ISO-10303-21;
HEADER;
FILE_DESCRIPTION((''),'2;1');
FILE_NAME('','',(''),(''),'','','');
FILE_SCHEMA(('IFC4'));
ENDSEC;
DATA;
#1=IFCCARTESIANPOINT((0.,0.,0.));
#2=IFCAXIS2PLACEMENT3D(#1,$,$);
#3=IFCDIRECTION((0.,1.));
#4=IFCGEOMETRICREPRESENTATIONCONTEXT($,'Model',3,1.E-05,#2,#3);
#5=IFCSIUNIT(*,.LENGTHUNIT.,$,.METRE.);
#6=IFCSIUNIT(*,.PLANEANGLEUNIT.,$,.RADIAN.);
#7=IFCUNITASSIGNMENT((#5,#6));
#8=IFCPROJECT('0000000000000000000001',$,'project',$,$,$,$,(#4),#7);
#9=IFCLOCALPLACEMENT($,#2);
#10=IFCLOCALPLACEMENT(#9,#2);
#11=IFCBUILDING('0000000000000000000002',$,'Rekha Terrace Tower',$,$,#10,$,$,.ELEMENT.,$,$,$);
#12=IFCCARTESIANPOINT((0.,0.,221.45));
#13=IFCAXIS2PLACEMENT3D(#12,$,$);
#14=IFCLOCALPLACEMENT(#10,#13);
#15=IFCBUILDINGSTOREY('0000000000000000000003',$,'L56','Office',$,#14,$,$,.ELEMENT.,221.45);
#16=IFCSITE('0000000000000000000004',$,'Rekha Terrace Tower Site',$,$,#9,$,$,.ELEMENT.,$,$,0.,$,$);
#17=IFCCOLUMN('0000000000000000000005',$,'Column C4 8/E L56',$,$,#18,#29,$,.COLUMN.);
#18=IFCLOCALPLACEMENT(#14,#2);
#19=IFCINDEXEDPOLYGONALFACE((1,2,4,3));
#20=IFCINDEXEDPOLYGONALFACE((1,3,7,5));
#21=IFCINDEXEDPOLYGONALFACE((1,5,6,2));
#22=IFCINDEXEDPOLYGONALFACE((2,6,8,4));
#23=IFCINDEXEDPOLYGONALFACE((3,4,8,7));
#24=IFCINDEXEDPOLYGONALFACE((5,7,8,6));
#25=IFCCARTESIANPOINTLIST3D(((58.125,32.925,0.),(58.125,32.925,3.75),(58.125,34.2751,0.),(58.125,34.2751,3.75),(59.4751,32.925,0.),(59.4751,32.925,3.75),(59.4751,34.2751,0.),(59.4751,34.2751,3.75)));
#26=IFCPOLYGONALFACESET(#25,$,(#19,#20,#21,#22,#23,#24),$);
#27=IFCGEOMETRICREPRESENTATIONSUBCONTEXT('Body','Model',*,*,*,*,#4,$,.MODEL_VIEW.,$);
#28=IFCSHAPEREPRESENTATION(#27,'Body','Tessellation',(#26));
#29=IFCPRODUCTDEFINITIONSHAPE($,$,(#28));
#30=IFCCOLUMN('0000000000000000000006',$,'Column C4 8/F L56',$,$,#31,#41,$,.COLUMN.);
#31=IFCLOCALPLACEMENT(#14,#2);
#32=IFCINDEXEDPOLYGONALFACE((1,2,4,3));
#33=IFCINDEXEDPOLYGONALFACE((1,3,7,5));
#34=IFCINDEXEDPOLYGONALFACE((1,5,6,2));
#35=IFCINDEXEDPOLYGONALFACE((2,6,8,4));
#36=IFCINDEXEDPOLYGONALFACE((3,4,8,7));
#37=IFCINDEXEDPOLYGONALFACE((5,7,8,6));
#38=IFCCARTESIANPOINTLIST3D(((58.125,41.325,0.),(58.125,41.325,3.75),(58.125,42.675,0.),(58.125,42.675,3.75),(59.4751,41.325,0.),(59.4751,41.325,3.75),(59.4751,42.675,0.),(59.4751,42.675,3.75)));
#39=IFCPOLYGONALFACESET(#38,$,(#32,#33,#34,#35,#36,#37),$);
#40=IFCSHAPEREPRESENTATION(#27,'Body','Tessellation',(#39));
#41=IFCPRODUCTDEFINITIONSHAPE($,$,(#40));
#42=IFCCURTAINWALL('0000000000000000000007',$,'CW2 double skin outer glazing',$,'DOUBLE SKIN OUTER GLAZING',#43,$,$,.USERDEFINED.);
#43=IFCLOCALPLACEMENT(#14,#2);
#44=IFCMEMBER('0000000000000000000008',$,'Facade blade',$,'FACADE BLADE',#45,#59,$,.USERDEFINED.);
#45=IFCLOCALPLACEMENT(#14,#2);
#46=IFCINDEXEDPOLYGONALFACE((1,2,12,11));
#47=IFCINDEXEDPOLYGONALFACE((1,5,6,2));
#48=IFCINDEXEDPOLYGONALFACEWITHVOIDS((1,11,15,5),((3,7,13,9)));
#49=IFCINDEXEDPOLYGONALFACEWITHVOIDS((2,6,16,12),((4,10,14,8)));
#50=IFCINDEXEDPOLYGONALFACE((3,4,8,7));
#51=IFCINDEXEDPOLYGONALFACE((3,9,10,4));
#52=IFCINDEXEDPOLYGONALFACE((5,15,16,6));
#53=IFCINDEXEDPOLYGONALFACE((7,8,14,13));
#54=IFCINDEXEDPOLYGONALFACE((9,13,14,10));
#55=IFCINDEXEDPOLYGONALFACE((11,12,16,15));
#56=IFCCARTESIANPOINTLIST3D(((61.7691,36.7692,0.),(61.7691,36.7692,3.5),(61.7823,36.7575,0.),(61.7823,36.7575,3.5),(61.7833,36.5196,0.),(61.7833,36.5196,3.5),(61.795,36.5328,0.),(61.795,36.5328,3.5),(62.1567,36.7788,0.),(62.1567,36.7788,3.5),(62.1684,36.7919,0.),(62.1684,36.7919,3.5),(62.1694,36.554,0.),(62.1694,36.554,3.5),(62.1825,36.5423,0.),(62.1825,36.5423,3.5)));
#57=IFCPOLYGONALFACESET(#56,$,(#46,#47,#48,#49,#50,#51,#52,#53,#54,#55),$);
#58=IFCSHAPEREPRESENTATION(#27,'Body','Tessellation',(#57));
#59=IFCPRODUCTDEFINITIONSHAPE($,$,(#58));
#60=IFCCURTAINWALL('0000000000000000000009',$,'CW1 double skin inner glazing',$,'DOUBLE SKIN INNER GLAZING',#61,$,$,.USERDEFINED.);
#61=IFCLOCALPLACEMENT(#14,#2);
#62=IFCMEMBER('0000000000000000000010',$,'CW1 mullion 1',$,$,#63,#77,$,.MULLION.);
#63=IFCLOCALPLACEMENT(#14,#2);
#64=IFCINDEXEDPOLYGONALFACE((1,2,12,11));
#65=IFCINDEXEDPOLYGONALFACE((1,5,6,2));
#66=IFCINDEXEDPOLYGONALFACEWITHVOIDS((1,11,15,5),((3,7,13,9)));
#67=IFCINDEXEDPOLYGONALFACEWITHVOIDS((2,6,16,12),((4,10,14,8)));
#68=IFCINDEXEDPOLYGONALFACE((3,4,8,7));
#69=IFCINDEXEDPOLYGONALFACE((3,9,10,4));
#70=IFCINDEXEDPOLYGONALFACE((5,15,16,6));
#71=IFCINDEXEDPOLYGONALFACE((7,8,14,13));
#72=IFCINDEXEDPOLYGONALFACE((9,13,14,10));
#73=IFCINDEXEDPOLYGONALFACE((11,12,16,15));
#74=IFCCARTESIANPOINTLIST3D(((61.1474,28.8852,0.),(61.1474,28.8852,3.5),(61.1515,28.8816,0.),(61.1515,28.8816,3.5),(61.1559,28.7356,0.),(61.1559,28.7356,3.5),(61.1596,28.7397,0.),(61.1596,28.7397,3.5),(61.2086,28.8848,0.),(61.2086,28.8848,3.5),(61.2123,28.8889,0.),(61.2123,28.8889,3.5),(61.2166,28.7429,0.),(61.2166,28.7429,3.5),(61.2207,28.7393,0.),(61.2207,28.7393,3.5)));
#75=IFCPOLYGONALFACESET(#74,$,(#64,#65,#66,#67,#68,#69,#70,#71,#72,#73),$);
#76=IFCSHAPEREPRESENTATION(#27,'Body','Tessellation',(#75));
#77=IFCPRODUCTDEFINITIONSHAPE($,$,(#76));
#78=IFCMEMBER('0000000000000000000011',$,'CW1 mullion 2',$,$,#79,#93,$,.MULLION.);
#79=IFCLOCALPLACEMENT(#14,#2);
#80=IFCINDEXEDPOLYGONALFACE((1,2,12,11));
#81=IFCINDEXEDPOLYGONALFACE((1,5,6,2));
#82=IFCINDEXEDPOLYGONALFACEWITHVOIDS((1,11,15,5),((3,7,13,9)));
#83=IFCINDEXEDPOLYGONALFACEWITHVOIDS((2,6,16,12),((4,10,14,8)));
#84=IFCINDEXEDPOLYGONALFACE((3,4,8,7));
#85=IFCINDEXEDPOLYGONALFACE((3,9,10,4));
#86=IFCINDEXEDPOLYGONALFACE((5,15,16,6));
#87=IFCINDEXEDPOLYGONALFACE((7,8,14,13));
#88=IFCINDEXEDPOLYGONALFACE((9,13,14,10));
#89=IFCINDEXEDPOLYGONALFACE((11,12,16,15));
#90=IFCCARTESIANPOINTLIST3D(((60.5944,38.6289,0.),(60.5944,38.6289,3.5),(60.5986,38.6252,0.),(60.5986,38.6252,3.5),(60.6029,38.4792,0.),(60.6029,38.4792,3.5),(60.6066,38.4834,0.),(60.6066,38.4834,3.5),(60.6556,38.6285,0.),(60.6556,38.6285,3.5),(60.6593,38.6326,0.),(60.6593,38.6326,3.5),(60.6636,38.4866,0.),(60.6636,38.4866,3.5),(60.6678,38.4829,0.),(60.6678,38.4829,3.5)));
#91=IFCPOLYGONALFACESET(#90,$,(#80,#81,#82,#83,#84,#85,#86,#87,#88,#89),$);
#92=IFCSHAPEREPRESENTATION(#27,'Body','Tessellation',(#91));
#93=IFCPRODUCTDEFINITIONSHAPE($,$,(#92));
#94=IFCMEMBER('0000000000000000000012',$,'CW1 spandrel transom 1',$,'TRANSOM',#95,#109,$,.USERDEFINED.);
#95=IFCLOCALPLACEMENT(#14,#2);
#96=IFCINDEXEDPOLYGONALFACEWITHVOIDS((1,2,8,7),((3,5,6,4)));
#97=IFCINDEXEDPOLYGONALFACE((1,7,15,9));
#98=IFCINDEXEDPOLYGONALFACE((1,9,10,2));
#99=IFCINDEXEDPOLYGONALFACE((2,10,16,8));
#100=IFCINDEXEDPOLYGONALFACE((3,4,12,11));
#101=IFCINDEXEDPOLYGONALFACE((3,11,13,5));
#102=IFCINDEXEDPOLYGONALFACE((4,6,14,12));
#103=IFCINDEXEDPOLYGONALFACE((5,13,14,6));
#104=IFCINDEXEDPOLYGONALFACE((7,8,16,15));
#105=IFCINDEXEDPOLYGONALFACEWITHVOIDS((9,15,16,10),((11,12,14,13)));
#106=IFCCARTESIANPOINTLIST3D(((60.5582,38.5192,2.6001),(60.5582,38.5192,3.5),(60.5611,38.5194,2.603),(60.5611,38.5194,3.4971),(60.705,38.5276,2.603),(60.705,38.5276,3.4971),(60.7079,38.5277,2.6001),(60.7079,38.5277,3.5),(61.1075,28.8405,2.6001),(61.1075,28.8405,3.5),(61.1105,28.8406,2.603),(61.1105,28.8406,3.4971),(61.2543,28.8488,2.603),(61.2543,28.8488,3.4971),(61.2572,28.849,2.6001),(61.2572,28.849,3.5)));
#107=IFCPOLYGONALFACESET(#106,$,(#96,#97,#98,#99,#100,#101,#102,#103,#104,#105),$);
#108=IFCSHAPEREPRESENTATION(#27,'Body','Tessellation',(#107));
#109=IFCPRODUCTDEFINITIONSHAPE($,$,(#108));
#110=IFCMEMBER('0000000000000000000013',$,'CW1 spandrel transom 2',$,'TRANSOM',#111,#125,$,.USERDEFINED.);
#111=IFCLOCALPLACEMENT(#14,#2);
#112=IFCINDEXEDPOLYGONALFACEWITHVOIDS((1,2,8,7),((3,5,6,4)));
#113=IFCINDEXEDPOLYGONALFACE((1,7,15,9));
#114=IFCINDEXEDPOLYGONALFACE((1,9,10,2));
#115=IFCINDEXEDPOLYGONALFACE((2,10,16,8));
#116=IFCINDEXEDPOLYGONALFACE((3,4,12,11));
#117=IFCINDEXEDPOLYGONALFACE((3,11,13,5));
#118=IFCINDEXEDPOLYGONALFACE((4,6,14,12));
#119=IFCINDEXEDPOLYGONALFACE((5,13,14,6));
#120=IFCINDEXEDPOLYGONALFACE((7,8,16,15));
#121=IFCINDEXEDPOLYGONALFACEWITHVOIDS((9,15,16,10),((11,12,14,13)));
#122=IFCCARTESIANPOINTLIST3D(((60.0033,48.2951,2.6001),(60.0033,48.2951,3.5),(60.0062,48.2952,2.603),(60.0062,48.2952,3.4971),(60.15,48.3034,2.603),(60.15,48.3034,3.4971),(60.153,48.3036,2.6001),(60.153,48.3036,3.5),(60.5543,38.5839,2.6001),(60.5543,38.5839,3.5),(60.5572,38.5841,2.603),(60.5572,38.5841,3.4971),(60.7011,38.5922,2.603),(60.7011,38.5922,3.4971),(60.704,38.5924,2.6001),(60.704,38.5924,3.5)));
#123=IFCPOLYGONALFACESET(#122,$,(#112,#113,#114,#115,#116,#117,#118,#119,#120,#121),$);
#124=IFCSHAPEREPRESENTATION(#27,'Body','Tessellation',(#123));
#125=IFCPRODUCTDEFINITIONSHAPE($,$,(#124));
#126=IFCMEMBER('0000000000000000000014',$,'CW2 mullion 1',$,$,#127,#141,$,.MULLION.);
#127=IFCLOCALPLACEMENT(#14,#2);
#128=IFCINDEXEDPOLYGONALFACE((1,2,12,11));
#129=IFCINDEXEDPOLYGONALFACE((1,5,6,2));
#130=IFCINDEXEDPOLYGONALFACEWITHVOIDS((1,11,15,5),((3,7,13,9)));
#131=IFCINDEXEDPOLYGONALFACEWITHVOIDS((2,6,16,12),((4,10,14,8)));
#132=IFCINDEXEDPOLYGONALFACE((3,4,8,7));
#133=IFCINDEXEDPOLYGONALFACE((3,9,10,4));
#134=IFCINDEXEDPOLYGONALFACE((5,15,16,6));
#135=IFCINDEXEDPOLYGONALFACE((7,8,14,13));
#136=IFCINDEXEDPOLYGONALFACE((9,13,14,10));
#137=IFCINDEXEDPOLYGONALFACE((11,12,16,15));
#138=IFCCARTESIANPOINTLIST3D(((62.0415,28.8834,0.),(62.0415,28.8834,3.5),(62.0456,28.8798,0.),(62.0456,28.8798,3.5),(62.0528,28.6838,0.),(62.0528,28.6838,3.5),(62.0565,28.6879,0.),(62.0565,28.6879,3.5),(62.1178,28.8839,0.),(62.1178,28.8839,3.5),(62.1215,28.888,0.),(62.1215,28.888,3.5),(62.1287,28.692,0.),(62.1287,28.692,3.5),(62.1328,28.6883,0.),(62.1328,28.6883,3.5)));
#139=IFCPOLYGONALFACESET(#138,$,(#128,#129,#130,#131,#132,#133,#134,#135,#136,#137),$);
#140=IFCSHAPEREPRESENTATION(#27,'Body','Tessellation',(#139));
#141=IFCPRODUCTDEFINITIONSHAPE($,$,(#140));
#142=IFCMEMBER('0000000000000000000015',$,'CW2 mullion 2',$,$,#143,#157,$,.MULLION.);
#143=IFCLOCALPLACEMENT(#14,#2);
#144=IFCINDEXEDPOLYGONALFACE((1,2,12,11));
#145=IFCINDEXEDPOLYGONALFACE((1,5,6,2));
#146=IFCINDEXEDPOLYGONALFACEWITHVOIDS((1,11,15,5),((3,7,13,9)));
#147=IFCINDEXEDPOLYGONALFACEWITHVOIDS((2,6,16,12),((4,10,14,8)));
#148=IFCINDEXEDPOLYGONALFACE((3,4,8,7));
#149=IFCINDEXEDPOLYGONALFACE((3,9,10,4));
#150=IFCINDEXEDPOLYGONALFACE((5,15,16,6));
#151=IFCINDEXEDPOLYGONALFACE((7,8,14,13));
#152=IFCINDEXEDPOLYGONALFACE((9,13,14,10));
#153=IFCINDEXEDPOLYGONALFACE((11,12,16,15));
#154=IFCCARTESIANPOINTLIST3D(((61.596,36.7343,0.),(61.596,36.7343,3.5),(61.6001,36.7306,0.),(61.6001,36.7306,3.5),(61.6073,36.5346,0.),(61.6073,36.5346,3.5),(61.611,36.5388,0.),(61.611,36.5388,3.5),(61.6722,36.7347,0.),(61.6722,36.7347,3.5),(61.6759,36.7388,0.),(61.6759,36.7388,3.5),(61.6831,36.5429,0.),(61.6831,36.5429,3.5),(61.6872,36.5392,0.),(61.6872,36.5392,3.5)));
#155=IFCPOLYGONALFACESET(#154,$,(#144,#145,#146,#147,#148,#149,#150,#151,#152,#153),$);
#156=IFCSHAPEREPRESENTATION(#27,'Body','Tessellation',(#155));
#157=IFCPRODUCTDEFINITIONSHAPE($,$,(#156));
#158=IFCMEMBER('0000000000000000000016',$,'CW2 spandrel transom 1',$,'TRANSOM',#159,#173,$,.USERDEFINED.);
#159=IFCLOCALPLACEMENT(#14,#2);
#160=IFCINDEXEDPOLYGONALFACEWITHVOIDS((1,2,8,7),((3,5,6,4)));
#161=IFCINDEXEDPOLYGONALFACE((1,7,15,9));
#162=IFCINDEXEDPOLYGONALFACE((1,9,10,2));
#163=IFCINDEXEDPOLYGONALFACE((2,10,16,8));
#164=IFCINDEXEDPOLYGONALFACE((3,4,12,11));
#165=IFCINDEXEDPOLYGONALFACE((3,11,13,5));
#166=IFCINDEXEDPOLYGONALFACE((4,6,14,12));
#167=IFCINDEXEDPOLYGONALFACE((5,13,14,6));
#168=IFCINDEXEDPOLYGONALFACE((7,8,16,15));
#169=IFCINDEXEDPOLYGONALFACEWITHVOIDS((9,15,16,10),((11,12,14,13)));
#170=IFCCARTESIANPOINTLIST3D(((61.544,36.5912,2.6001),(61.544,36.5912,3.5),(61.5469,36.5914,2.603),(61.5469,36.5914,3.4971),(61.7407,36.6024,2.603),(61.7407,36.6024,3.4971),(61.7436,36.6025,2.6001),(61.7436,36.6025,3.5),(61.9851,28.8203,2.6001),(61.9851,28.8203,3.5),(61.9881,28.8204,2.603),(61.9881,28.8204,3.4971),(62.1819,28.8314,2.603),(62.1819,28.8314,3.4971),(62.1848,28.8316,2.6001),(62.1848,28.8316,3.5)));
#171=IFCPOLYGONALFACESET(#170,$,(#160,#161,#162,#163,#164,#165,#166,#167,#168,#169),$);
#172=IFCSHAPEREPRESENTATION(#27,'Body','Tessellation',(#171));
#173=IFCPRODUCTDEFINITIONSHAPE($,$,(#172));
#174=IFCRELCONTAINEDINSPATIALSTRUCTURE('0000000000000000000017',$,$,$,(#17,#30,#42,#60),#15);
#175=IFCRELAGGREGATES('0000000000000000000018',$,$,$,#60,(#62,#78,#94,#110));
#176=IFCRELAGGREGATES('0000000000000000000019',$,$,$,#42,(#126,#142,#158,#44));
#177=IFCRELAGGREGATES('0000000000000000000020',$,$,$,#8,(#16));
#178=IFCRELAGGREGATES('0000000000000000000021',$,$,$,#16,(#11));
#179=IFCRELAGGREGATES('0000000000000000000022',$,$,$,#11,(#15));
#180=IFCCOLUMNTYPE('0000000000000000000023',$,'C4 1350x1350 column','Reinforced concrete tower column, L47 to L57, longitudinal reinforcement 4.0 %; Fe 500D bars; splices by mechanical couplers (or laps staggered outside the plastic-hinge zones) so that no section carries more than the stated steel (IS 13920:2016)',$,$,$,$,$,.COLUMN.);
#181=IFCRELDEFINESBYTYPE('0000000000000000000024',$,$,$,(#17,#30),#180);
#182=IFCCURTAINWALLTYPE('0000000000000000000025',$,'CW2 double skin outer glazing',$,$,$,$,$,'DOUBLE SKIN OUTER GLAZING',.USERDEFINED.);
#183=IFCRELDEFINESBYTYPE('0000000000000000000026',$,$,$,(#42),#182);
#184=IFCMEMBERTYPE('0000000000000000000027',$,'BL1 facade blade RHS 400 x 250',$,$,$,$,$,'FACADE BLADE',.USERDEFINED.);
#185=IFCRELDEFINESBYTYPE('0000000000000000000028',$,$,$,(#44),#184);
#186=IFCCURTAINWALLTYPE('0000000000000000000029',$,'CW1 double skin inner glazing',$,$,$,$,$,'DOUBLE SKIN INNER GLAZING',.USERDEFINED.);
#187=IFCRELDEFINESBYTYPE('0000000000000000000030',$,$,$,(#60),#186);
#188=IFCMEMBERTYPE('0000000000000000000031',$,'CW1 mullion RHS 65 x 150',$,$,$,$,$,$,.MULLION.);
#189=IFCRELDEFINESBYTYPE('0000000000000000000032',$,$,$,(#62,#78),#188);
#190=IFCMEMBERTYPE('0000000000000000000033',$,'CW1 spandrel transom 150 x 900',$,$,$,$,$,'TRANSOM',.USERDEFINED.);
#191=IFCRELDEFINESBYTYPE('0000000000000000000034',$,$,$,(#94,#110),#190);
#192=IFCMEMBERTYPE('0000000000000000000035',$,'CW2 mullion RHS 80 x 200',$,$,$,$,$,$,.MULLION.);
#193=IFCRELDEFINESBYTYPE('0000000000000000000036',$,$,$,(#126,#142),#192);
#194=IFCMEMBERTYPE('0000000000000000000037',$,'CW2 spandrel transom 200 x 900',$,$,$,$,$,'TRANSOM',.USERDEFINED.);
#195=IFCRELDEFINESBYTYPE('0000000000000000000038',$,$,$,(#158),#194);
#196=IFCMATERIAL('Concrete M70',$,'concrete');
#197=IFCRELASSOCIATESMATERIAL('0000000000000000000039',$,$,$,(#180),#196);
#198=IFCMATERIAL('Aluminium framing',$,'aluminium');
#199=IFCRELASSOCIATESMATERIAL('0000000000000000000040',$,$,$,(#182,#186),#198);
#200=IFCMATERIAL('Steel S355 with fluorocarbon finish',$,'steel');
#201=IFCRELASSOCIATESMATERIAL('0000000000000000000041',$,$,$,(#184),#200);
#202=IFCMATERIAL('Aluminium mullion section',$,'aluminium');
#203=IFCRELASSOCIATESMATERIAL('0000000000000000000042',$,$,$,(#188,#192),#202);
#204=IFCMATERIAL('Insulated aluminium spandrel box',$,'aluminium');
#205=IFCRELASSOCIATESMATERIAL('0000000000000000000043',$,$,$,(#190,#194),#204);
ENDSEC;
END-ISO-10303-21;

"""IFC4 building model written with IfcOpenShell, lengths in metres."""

from ifc_helpers import new_model, si_unit, direction, frame, origin, origin_2d, place, context, subcontext, project, spatial, rectangle, hollow_rectangle, extrude, material, material_profile, profile_set, type_object, element, aggregate, save


model = new_model("IFC4")

# Units and contexts
model_context = context("Model", 3, precision=1e-05, world=origin(), true_north=direction((0.0, 1.0)))
body_context = subcontext(model_context, "Body", "Model", "MODEL_VIEW")
ifc_project = project(units=[si_unit("LENGTHUNIT", "METRE"), si_unit("PLANEANGLEUNIT", "RADIAN")], contexts=[model_context])

# Site, building, storey
site_placement = place(None, origin())
site = spatial("IfcSite", under=ifc_project, at=site_placement, Name="Rekha Terrace Tower Site", CompositionType="ELEMENT", RefElevation=0.0)
building_placement = place(site_placement, origin())
building = spatial("IfcBuilding", under=site, at=building_placement, Name="Rekha Terrace Tower", CompositionType="ELEMENT")
storey_placement = place(building_placement, frame((0.0, 0.0, 221.45)))
storey = spatial("IfcBuildingStorey", under=building, at=storey_placement, Name="L56", Description="Office", CompositionType="ELEMENT", Elevation=221.45)

# Columns
ifc_material_1 = material(Name="Concrete M70", Category="concrete")
ifc_material_profile_1 = material_profile(ifc_material_1, rectangle(XDim=1.3501, YDim=1.3501, at=origin_2d()), Name="RC 1350x1350")
ifc_profile_set_1 = profile_set([ifc_material_profile_1], Name="Concrete M70")
column_type = type_object("IfcColumnType", Name="C4 1350x1350 column", Description="Reinforced concrete tower column, L47 to L57, longitudinal reinforcement 4.0 %; Fe 500D bars; splices by mechanical couplers (or laps staggered outside the plastic-hinge zones) so that no section carries more than the stated steel (IS 13920:2016)", PredefinedType="COLUMN", material=ifc_profile_set_1)
for number, where, z_axis, x_axis, name in (
    (1, (58.8, 33.6001, 0.0), (0.0, 0.0, 1.0), (1.0, 0.0, 0.0), "Column C4 8/E L56"),
    (2, (58.8, 42.0, 0.0), (0.0, 0.0, 1.0), (1.0, 0.0, 0.0), "Column C4 8/F L56"),
):
    element("IfcColumn", number, at=place(storey_placement, frame(where, z_axis=z_axis, x_axis=x_axis)), inside=storey, type_object=column_type, Name=name, PredefinedType="COLUMN", context=body_context, shape_type="SweptSolid", body=[
        extrude(rectangle(XDim=1.3501, YDim=1.3501, at=origin_2d()), origin(), (0.0, 0.0, 1.0), 3.75),
    ])

# Curtain wall, member
ifc_material_2 = material(Name="Aluminium framing", Category="aluminium")
curtain_wall_type_1 = type_object("IfcCurtainWallType", Name="CW2 double skin outer glazing", ElementType="DOUBLE SKIN OUTER GLAZING", PredefinedType="USERDEFINED", material=ifc_material_2)
curtain_wall_1_placement = place(storey_placement, origin())
curtain_wall_1 = element("IfcCurtainWall", 3, at=curtain_wall_1_placement, inside=storey, type_object=curtain_wall_type_1, Name="CW2 double skin outer glazing", ObjectType="DOUBLE SKIN OUTER GLAZING", PredefinedType="USERDEFINED")
ifc_material_3 = material(Name="Steel S355 with fluorocarbon finish", Category="steel")
ifc_material_profile_2 = material_profile(ifc_material_3, hollow_rectangle(XDim=0.25, YDim=0.3999, WallThickness=0.0125, at=origin_2d()), Name="RHS400x250x12.5")
ifc_profile_set_2 = profile_set([ifc_material_profile_2], Name="Steel S355 with fluorocarbon finish")
member_type_1 = type_object("IfcMemberType", Name="BL1 facade blade RHS 400 x 250", ElementType="FACADE BLADE", PredefinedType="USERDEFINED", material=ifc_profile_set_2)
member_1_placement = place(storey_placement, frame((61.9758, 36.6558, 0.0), z_axis=(0.0, 0.0, 1.0), x_axis=(-0.056674, 0.998393, 0.0)))
member_1 = element("IfcMember", 4, at=member_1_placement, type_object=member_type_1, Name="Facade blade", ObjectType="FACADE BLADE", PredefinedType="USERDEFINED", context=body_context, shape_type="SweptSolid", body=[
    extrude(hollow_rectangle(XDim=0.25, YDim=0.3999, WallThickness=0.0125, at=origin_2d()), origin(), (0.0, 0.0, 1.0), 3.5),
])

# Curtain wall, members
curtain_wall_type_2 = type_object("IfcCurtainWallType", Name="CW1 double skin inner glazing", ElementType="DOUBLE SKIN INNER GLAZING", PredefinedType="USERDEFINED", material=ifc_material_2)
curtain_wall_2_placement = place(storey_placement, origin())
curtain_wall_2 = element("IfcCurtainWall", 5, at=curtain_wall_2_placement, inside=storey, type_object=curtain_wall_type_2, Name="CW1 double skin inner glazing", ObjectType="DOUBLE SKIN INNER GLAZING", PredefinedType="USERDEFINED")
ifc_material_4 = material(Name="Aluminium mullion section", Category="aluminium")
ifc_material_profile_3 = material_profile(ifc_material_4, hollow_rectangle(XDim=0.0649, YDim=0.1499, WallThickness=0.0039, at=origin_2d()), Name="AL RHS 65x150")
ifc_profile_set_3 = profile_set([ifc_material_profile_3], Name="Aluminium mullion section")
member_type_2 = type_object("IfcMemberType", Name="CW1 mullion RHS 65 x 150", PredefinedType="MULLION", material=ifc_profile_set_3)
member_2_placement = place(storey_placement, frame((61.1841, 28.8123, 0.0), z_axis=(0.0, 0.0, 1.0), x_axis=(-0.998393, -0.056673, 0.0)))
member_2 = element("IfcMember", 6, at=member_2_placement, type_object=member_type_2, Name="CW1 mullion 1", PredefinedType="MULLION", context=body_context, shape_type="SweptSolid", body=[
    extrude(hollow_rectangle(XDim=0.0649, YDim=0.1499, WallThickness=0.0039, at=origin_2d()), origin(), (0.0, 0.0, 1.0), 3.5),
])
member_3_placement = place(storey_placement, frame((60.6311, 38.5559, 0.0), z_axis=(0.0, 0.0, 1.0), x_axis=(-0.998393, -0.056673, 0.0)))
member_3 = element("IfcMember", 7, at=member_3_placement, type_object=member_type_2, Name="CW1 mullion 2", PredefinedType="MULLION", context=body_context, shape_type="SweptSolid", body=[
    extrude(hollow_rectangle(XDim=0.0649, YDim=0.1499, WallThickness=0.0039, at=origin_2d()), origin(), (0.0, 0.0, 1.0), 3.5),
])
ifc_material_5 = material(Name="Insulated aluminium spandrel box", Category="aluminium")
ifc_material_profile_4 = material_profile(ifc_material_5, hollow_rectangle(XDim=0.1499, YDim=0.8999, WallThickness=0.0029, at=origin_2d()), Name="AL SPANDREL BOX 150x900")
ifc_profile_set_4 = profile_set([ifc_material_profile_4], Name="Insulated aluminium spandrel box")
member_type_3 = type_object("IfcMemberType", Name="CW1 spandrel transom 150 x 900", ElementType="TRANSOM", PredefinedType="USERDEFINED", material=ifc_profile_set_4)
member_4_placement = place(storey_placement, frame((61.1824, 28.8447, 3.05), z_axis=(-0.056664, 0.998393, 0.0), x_axis=(-0.998393, -0.056664, 0.0)))
member_4 = element("IfcMember", 8, at=member_4_placement, type_object=member_type_3, Name="CW1 spandrel transom 1", ObjectType="TRANSOM", PredefinedType="USERDEFINED", context=body_context, shape_type="SweptSolid", body=[
    extrude(hollow_rectangle(XDim=0.1499, YDim=0.8999, WallThickness=0.0029, at=origin_2d()), origin(), (0.0, 0.0, 1.0), 9.6943),
])
member_5_placement = place(storey_placement, frame((60.6292, 38.5881, 3.05), z_axis=(-0.05665, 0.998394, 0.0), x_axis=(-0.998394, -0.05665, 0.0)))
member_5 = element("IfcMember", 9, at=member_5_placement, type_object=member_type_3, Name="CW1 spandrel transom 2", ObjectType="TRANSOM", PredefinedType="USERDEFINED", context=body_context, shape_type="SweptSolid", body=[
    extrude(hollow_rectangle(XDim=0.1499, YDim=0.8999, WallThickness=0.0029, at=origin_2d()), origin(), (0.0, 0.0, 1.0), 9.7268),
])

# Members
ifc_material_profile_5 = material_profile(ifc_material_4, hollow_rectangle(XDim=0.0801, YDim=0.2, WallThickness=0.0039, at=origin_2d()), Name="AL RHS 80x200")
ifc_profile_set_5 = profile_set([ifc_material_profile_5], Name="Aluminium mullion section")
member_type_4 = type_object("IfcMemberType", Name="CW2 mullion RHS 80 x 200", PredefinedType="MULLION", material=ifc_profile_set_5)
member_6_placement = place(storey_placement, frame((62.0872, 28.7859, 0.0), z_axis=(0.0, 0.0, 1.0), x_axis=(-0.998393, -0.056673, 0.0)))
member_6 = element("IfcMember", 10, at=member_6_placement, type_object=member_type_4, Name="CW2 mullion 1", PredefinedType="MULLION", context=body_context, shape_type="SweptSolid", body=[
    extrude(hollow_rectangle(XDim=0.0801, YDim=0.2, WallThickness=0.0039, at=origin_2d()), origin(), (0.0, 0.0, 1.0), 3.5),
])
member_7_placement = place(storey_placement, frame((61.6416, 36.6367, 0.0), z_axis=(0.0, 0.0, 1.0), x_axis=(-0.998393, -0.056673, 0.0)))
member_7 = element("IfcMember", 11, at=member_7_placement, type_object=member_type_4, Name="CW2 mullion 2", PredefinedType="MULLION", context=body_context, shape_type="SweptSolid", body=[
    extrude(hollow_rectangle(XDim=0.0801, YDim=0.2, WallThickness=0.0039, at=origin_2d()), origin(), (0.0, 0.0, 1.0), 3.5),
])
ifc_material_profile_6 = material_profile(ifc_material_5, hollow_rectangle(XDim=0.2, YDim=0.8999, WallThickness=0.0029, at=origin_2d()), Name="AL SPANDREL BOX 200x900")
ifc_profile_set_6 = profile_set([ifc_material_profile_6], Name="Insulated aluminium spandrel box")
member_type_5 = type_object("IfcMemberType", Name="CW2 spandrel transom 200 x 900", ElementType="TRANSOM", PredefinedType="USERDEFINED", material=ifc_profile_set_6)
member_8_placement = place(storey_placement, frame((62.085, 28.8259, 3.05), z_axis=(-0.056679, 0.998392, 0.0), x_axis=(-0.998392, -0.056679, 0.0)))
member_8 = element("IfcMember", 12, at=member_8_placement, type_object=member_type_5, Name="CW2 spandrel transom 1", ObjectType="TRANSOM", PredefinedType="USERDEFINED", context=body_context, shape_type="SweptSolid", body=[
    extrude(hollow_rectangle(XDim=0.2, YDim=0.8999, WallThickness=0.0029, at=origin_2d()), origin(), (0.0, 0.0, 1.0), 7.7834),
])

aggregate(curtain_wall_2, [member_2, member_3, member_4, member_5])
aggregate(curtain_wall_1, [member_6, member_7, member_8, member_1])

save(model, "model.ifc")
